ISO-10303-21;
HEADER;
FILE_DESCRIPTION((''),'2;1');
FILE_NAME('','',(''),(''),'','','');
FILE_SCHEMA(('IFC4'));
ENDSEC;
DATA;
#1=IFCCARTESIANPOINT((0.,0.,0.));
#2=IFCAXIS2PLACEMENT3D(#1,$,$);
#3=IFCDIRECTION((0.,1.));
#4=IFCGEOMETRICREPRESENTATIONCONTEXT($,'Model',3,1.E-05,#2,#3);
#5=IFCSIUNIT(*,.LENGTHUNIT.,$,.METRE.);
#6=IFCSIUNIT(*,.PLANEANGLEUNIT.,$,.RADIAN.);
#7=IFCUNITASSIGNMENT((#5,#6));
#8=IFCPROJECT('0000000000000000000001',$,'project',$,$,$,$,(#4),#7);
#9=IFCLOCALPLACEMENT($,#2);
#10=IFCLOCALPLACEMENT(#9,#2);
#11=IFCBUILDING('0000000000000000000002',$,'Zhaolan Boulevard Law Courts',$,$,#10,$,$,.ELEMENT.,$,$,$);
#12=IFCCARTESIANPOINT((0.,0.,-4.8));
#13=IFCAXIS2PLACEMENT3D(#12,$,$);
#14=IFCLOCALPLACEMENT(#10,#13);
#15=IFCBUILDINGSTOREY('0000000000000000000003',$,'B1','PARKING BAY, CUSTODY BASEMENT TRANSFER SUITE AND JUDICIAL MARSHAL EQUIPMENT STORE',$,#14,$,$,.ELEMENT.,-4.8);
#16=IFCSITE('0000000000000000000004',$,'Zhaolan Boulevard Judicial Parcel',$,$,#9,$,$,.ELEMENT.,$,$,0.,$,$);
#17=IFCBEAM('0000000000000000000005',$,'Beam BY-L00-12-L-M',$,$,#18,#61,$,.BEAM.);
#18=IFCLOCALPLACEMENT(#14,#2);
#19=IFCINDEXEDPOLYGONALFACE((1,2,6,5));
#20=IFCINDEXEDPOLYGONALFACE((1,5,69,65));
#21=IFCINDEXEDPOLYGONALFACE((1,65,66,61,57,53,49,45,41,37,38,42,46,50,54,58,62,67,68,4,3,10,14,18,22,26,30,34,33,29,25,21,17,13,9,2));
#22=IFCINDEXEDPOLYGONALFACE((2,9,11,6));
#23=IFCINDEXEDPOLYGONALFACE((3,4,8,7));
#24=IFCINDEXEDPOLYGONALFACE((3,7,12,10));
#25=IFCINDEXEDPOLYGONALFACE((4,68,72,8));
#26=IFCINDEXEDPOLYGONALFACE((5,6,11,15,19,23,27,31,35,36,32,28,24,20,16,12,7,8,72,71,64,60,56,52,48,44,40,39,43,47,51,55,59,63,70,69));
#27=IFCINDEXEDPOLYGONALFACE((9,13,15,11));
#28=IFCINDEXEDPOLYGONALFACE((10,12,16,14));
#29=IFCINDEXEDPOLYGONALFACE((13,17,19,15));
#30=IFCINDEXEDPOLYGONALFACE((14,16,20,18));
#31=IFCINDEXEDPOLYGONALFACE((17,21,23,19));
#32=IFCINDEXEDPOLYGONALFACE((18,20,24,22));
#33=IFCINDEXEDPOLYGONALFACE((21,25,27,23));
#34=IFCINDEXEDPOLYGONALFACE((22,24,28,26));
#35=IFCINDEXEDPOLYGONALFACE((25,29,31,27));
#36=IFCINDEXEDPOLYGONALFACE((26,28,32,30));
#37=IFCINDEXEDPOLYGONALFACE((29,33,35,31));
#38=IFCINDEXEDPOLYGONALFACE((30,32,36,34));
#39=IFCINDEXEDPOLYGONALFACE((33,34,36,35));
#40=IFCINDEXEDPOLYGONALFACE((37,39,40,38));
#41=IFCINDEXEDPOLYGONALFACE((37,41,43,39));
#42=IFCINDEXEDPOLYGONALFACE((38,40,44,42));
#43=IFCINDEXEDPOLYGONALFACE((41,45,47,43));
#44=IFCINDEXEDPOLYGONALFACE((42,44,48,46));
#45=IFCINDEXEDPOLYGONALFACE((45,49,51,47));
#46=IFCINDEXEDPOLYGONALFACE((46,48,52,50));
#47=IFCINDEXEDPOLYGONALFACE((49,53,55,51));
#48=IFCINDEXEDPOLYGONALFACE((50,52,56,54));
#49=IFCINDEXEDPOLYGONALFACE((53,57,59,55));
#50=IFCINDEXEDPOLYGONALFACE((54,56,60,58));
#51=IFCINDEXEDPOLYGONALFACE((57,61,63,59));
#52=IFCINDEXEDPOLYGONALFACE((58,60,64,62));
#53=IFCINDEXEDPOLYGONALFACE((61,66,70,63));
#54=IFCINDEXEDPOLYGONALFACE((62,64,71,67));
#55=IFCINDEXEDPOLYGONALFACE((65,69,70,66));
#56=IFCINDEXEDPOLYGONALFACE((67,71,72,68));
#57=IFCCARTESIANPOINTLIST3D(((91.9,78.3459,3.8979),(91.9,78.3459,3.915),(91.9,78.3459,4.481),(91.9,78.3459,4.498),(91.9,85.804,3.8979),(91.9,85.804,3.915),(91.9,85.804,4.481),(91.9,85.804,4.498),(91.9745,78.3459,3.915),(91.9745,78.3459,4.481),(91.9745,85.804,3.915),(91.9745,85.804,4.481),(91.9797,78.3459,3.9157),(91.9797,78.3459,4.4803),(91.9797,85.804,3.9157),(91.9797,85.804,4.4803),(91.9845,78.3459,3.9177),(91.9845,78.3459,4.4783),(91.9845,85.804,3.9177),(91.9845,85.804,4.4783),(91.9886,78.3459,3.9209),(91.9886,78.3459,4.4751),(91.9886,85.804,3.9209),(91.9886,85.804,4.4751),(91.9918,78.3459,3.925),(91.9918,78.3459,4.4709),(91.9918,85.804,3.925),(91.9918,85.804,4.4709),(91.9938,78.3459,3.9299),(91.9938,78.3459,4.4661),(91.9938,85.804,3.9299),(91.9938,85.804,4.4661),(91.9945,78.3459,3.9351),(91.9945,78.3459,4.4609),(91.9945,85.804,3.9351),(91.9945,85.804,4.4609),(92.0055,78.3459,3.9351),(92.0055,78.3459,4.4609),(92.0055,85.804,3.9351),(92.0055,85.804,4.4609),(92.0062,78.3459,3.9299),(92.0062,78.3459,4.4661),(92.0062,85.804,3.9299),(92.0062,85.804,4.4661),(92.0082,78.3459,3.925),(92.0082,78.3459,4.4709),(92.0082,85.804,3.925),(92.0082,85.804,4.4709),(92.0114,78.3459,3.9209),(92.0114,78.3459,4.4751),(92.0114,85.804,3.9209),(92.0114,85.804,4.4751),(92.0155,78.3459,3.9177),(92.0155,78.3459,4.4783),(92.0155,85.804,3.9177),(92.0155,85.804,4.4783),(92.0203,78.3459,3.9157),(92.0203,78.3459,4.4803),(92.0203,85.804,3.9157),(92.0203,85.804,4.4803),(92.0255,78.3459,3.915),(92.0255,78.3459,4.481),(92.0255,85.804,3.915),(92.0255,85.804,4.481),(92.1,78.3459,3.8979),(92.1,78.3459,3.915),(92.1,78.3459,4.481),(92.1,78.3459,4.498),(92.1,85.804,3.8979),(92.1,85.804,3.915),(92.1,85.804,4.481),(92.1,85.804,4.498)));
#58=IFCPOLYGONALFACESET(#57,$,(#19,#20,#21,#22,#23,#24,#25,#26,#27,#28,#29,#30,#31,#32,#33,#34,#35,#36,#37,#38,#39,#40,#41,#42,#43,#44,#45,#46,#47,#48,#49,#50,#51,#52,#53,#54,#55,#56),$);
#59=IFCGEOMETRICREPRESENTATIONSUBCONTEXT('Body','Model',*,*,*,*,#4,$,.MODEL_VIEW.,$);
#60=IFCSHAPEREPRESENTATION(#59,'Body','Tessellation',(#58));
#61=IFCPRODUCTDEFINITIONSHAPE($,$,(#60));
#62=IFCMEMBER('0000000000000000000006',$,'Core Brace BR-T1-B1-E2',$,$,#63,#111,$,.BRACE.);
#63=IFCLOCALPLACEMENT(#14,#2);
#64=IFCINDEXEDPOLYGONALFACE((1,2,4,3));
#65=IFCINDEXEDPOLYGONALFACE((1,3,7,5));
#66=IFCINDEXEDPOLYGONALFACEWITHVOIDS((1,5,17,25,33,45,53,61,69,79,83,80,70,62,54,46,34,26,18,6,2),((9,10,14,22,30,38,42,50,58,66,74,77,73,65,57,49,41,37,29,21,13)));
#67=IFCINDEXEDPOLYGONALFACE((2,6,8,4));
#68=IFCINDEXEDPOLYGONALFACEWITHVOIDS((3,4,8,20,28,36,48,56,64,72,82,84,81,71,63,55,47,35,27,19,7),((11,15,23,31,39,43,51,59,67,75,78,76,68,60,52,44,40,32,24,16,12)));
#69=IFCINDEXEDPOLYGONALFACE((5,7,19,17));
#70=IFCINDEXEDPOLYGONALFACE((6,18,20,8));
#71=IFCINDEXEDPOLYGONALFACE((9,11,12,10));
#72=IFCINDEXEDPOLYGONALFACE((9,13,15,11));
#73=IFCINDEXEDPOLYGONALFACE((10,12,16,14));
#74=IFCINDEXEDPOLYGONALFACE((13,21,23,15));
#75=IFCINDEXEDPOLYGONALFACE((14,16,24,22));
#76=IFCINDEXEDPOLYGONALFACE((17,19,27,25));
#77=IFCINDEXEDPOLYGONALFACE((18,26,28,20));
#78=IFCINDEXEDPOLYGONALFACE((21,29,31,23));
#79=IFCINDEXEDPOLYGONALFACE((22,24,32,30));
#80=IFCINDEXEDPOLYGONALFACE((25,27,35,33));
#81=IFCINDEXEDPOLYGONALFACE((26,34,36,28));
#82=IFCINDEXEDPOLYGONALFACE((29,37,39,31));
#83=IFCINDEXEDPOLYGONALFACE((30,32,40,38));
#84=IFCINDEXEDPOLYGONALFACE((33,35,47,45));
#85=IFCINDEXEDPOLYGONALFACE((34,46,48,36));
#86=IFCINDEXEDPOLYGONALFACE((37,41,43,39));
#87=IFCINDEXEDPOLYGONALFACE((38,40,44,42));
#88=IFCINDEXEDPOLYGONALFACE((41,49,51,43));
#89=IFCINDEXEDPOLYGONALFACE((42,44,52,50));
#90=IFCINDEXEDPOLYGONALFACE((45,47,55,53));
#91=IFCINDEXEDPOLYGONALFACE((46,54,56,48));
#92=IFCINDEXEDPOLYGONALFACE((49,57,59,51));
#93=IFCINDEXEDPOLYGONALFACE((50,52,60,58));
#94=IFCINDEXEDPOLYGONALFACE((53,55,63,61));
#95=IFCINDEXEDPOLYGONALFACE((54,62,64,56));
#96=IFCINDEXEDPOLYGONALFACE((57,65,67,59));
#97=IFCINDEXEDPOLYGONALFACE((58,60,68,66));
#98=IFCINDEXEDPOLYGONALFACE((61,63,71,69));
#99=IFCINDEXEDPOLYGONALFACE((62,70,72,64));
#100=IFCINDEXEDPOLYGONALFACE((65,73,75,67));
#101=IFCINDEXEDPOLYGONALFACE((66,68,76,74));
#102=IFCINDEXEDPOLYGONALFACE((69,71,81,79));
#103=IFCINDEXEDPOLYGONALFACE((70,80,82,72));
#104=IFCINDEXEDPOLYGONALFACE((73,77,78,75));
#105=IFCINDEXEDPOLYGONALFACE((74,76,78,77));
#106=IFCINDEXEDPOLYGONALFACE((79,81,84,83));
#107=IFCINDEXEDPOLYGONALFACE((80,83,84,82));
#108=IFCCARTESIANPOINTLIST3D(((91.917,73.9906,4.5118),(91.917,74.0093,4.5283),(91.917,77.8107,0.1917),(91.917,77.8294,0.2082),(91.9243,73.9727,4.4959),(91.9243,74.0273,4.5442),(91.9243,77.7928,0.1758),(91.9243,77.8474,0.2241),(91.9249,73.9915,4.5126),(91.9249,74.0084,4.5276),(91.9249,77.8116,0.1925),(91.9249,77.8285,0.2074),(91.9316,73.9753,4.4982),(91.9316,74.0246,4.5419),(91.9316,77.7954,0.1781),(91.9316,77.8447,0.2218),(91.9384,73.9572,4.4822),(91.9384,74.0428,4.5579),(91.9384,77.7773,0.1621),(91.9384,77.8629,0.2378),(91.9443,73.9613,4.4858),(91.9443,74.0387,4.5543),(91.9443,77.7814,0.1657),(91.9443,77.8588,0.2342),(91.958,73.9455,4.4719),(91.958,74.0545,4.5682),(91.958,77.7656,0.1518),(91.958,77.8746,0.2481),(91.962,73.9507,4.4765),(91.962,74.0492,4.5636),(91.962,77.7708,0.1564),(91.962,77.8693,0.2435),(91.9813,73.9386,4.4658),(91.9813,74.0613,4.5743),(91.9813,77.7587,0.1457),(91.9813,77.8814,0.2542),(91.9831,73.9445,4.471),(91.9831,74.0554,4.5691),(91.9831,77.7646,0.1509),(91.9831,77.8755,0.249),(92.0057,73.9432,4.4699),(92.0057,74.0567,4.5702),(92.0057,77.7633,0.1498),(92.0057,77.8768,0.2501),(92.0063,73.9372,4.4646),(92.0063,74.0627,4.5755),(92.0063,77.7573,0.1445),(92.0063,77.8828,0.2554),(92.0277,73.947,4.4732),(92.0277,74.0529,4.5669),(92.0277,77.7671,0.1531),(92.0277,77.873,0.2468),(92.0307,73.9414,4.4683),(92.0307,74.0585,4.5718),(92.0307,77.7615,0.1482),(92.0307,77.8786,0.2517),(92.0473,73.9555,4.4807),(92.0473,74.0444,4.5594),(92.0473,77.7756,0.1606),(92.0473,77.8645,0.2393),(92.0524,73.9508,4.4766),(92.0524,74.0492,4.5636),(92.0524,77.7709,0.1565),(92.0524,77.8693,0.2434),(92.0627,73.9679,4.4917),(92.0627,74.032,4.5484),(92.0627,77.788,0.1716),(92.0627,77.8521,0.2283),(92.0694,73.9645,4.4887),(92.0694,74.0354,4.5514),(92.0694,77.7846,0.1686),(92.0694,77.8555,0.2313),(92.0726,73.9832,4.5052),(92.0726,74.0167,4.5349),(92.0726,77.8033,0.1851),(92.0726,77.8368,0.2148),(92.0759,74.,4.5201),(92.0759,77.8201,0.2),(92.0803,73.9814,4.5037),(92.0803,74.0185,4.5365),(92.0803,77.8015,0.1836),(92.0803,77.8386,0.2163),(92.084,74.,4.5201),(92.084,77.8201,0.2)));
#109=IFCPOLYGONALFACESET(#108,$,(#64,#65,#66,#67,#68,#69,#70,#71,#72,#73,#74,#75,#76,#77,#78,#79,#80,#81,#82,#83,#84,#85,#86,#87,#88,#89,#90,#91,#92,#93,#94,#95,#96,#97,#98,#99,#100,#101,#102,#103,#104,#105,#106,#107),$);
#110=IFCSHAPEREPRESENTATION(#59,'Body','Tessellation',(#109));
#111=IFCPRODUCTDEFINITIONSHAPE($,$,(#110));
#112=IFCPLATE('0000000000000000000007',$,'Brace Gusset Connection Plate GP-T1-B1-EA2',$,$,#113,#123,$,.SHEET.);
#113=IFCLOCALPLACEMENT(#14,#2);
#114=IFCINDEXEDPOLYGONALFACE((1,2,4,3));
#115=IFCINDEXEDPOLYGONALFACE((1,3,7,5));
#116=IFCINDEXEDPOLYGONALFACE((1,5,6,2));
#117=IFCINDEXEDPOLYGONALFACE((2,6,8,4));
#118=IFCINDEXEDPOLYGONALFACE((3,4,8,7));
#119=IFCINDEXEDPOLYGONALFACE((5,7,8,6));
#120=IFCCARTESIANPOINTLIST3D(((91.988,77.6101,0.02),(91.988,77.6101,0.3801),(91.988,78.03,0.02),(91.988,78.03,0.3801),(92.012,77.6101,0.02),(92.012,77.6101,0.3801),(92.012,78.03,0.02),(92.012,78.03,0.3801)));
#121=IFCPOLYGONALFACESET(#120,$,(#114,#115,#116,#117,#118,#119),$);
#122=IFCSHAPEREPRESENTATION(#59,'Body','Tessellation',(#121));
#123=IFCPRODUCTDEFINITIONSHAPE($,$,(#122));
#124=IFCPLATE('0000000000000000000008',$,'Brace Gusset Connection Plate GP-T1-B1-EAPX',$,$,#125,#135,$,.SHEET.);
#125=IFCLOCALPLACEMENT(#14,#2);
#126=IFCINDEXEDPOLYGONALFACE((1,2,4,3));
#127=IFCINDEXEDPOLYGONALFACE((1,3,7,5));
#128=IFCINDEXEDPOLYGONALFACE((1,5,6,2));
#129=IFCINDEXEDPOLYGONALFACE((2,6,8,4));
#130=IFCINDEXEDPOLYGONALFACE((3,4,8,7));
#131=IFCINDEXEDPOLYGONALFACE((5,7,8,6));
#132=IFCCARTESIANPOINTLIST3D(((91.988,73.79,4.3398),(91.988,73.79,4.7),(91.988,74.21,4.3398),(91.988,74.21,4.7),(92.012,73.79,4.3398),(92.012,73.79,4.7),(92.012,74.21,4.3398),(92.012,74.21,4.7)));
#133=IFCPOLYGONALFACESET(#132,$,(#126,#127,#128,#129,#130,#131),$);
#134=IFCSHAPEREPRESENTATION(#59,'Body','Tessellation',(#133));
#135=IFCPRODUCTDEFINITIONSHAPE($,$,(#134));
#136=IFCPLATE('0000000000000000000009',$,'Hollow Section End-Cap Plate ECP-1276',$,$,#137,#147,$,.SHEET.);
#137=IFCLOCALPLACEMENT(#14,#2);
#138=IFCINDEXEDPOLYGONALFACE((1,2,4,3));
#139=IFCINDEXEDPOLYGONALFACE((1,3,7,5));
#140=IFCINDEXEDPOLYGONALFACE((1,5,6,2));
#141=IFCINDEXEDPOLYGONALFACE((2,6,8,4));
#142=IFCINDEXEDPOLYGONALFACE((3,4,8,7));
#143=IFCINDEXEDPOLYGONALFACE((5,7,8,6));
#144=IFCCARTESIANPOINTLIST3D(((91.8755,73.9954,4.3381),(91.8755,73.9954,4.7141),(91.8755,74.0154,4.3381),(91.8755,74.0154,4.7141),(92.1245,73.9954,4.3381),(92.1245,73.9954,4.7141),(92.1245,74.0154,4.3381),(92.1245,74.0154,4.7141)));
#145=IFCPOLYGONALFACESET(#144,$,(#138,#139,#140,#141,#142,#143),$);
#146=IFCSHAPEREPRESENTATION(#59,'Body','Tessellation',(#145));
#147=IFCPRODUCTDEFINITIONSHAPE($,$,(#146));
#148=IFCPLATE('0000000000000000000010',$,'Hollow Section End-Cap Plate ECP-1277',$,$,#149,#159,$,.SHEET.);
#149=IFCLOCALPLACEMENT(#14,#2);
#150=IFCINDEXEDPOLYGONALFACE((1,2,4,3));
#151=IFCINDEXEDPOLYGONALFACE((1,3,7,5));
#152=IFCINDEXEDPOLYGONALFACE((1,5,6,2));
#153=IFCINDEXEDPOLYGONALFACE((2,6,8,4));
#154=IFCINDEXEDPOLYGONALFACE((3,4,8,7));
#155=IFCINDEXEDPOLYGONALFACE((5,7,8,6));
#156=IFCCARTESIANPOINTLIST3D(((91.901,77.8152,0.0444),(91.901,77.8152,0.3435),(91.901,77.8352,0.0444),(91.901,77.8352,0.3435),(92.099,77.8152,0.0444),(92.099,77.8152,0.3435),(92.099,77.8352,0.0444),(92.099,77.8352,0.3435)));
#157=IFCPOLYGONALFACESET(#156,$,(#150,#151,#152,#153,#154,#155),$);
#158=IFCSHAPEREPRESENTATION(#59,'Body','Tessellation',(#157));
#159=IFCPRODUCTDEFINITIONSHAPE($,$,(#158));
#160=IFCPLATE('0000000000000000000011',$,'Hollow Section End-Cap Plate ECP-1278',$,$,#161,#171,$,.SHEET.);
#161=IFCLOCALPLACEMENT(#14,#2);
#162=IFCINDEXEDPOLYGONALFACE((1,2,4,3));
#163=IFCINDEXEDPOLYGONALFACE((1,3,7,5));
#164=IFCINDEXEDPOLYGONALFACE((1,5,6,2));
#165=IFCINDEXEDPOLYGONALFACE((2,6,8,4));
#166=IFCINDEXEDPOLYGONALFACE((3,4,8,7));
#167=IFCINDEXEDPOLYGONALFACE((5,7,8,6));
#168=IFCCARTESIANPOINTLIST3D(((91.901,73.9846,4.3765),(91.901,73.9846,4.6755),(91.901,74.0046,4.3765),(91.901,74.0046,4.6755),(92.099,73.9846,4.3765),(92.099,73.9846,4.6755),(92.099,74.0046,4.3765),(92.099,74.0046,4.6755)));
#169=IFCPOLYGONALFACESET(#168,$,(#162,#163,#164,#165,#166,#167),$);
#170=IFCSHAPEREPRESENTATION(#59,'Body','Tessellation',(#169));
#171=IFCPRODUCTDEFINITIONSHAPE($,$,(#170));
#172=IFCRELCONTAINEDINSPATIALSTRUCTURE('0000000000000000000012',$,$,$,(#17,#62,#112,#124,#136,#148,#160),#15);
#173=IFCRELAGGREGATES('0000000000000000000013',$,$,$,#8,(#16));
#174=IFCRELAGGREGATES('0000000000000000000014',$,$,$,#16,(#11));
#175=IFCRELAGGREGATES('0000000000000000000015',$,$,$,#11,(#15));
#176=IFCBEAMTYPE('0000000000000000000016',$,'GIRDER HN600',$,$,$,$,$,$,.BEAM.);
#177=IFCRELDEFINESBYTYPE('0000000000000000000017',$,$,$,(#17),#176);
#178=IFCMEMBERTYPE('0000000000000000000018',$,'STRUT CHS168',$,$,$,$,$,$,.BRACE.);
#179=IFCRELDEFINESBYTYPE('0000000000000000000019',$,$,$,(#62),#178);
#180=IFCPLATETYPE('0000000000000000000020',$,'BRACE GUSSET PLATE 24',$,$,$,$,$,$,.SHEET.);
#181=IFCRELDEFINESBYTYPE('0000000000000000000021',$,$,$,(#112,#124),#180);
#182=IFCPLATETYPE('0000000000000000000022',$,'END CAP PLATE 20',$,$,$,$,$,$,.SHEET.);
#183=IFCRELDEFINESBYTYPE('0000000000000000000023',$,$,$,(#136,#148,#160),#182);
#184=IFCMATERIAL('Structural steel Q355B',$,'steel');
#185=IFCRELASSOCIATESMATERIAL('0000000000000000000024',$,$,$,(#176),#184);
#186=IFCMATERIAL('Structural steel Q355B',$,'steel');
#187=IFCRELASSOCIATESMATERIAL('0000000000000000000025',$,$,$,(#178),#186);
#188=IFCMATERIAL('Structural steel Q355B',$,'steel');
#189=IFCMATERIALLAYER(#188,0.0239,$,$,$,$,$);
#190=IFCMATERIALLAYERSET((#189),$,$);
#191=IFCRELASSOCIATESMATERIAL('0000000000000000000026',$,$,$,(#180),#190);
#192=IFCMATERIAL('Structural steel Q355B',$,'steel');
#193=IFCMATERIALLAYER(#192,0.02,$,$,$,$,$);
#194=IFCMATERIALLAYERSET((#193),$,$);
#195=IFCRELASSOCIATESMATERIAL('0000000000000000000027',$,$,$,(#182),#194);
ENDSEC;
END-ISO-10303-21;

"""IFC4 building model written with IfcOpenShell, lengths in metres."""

from ifc_helpers import new_model, si_unit, direction, frame, origin, origin_2d, place, context, subcontext, project, spatial, rectangle, hollow_circle, i_section, extrude, material, layer, layer_set, material_profile, profile_set, type_object, element, save


model = new_model("IFC4")

# Units and contexts
model_context = context("Model", 3, precision=1e-05, world=origin(), true_north=direction((0.0, 1.0)))
body_context = subcontext(model_context, "Body", "Model", "MODEL_VIEW")
ifc_project = project(units=[si_unit("LENGTHUNIT", "METRE"), si_unit("PLANEANGLEUNIT", "RADIAN")], contexts=[model_context])

# Site, building, storey
site_placement = place(None, origin())
site = spatial("IfcSite", under=ifc_project, at=site_placement, Name="Zhaolan Boulevard Judicial Parcel", CompositionType="ELEMENT", RefElevation=0.0)
building_placement = place(site_placement, origin())
building = spatial("IfcBuilding", under=site, at=building_placement, Name="Zhaolan Boulevard Law Courts", CompositionType="ELEMENT")
storey_placement = place(building_placement, frame((0.0, 0.0, -4.8)))
storey = spatial("IfcBuildingStorey", under=building, at=storey_placement, Name="B1", Description="PARKING BAY, CUSTODY BASEMENT TRANSFER SUITE AND JUDICIAL MARSHAL EQUIPMENT STORE", CompositionType="ELEMENT", Elevation=-4.8)

# Beam
ifc_material_1 = material(Name="Structural steel Q355B", Category="steel")
ifc_material_profile_1 = material_profile(ifc_material_1, i_section(OverallWidth=0.2, OverallDepth=0.6001, WebThickness=0.011, FlangeThickness=0.0171, FilletRadius=0.02, at=origin_2d()), Name="HN600x200")
ifc_profile_set_1 = profile_set([ifc_material_profile_1], Name="Structural steel Q355B")
beam_type_1 = type_object("IfcBeamType", Name="GIRDER HN600", PredefinedType="BEAM", material=ifc_profile_set_1)
beam_1_placement = place(storey_placement, frame((92.0, 78.3459, 4.198), z_axis=(0.0, 1.0, 0.0), x_axis=(-1.0, 0.0, 0.0)))
element("IfcBeam", 1, at=beam_1_placement, inside=storey, type_object=beam_type_1, Name="Beam BY-L00-12-L-M", PredefinedType="BEAM", context=body_context, shape_type="SweptSolid", body=[
    extrude(i_section(OverallWidth=0.2, OverallDepth=0.6001, WebThickness=0.011, FlangeThickness=0.0171, FilletRadius=0.02, at=origin_2d()), origin(), (0.0, 0.0, 1.0), 7.458),
])

# Member
ifc_material_2 = material(Name="Structural steel Q355B", Category="steel")
ifc_material_profile_2 = material_profile(ifc_material_2, hollow_circle(Radius=0.084, WallThickness=0.0081, at=origin_2d()), Name="CHS168x8")
ifc_profile_set_2 = profile_set([ifc_material_profile_2], Name="Structural steel Q355B")
member_type = type_object("IfcMemberType", Name="STRUT CHS168", PredefinedType="BRACE", material=ifc_profile_set_2)
member_placement = place(storey_placement, frame((92.0, 77.8201, 0.2), z_axis=(0.0, -0.662425, 0.749128), x_axis=(1.0, 0.0, 0.0)))
element("IfcMember", 2, at=member_placement, inside=storey, type_object=member_type, Name="Core Brace BR-T1-B1-E2", PredefinedType="BRACE", context=body_context, shape_type="SweptSolid", body=[
    extrude(hollow_circle(Radius=0.084, WallThickness=0.0081, at=origin_2d()), origin(), (0.0, 0.0, 1.0), 5.7668),
])

# Plates
ifc_material_3 = material(Name="Structural steel Q355B", Category="steel")
ifc_layer_1 = layer(ifc_material_3, 0.0239)
ifc_layer_set_1 = layer_set([ifc_layer_1])
plate_type_1 = type_object("IfcPlateType", Name="BRACE GUSSET PLATE 24", PredefinedType="SHEET", material=ifc_layer_set_1)
for number, where, z_axis, x_axis, name in (
    (3, (92.0, 77.8201, 0.02), (0.0, 0.0, 1.0), (0.0, 1.0, 0.0), "Brace Gusset Connection Plate GP-T1-B1-EA2"),
    (4, (92.0, 74.0, 4.3398), (0.0, 0.0, 1.0), (0.0, 1.0, 0.0), "Brace Gusset Connection Plate GP-T1-B1-EAPX"),
):
    element("IfcPlate", number, at=place(storey_placement, frame(where, z_axis=z_axis, x_axis=x_axis)), inside=storey, type_object=plate_type_1, Name=name, PredefinedType="SHEET", context=body_context, shape_type="SweptSolid", body=[
        extrude(rectangle(XDim=0.4199, YDim=0.0239, at=origin_2d()), origin(), (0.0, 0.0, 1.0), 0.3601),
    ])
ifc_material_4 = material(Name="Structural steel Q355B", Category="steel")
ifc_layer_2 = layer(ifc_material_4, 0.02)
ifc_layer_set_2 = layer_set([ifc_layer_2])
plate_type_2 = type_object("IfcPlateType", Name="END CAP PLATE 20", PredefinedType="SHEET", material=ifc_layer_set_2)
plate_placement = place(storey_placement, frame((92.0, 74.0054, 4.3381), z_axis=(0.0, 0.0, 1.0), x_axis=(0.0, 1.0, 0.0)))
element("IfcPlate", 5, at=plate_placement, inside=storey, type_object=plate_type_2, Name="Hollow Section End-Cap Plate ECP-1276", PredefinedType="SHEET", context=body_context, shape_type="SweptSolid", body=[
    extrude(rectangle(XDim=0.02, YDim=0.249, at=origin_2d()), origin(), (0.0, 0.0, 1.0), 0.376),
])
for number, where, z_axis, x_axis, name in (
    (6, (92.0, 77.8252, 0.0444), (0.0, 0.0, 1.0), (0.0, -1.0, 0.0), "Hollow Section End-Cap Plate ECP-1277"),
    (7, (92.0, 73.9946, 4.3765), (0.0, 0.0, 1.0), (0.0, -1.0, 0.0), "Hollow Section End-Cap Plate ECP-1278"),
):
    element("IfcPlate", number, at=place(storey_placement, frame(where, z_axis=z_axis, x_axis=x_axis)), inside=storey, type_object=plate_type_2, Name=name, PredefinedType="SHEET", context=body_context, shape_type="SweptSolid", body=[
        extrude(rectangle(XDim=0.02, YDim=0.198, at=origin_2d()), origin(), (0.0, 0.0, 1.0), 0.2991),
    ])

save(model, "model.ifc")
